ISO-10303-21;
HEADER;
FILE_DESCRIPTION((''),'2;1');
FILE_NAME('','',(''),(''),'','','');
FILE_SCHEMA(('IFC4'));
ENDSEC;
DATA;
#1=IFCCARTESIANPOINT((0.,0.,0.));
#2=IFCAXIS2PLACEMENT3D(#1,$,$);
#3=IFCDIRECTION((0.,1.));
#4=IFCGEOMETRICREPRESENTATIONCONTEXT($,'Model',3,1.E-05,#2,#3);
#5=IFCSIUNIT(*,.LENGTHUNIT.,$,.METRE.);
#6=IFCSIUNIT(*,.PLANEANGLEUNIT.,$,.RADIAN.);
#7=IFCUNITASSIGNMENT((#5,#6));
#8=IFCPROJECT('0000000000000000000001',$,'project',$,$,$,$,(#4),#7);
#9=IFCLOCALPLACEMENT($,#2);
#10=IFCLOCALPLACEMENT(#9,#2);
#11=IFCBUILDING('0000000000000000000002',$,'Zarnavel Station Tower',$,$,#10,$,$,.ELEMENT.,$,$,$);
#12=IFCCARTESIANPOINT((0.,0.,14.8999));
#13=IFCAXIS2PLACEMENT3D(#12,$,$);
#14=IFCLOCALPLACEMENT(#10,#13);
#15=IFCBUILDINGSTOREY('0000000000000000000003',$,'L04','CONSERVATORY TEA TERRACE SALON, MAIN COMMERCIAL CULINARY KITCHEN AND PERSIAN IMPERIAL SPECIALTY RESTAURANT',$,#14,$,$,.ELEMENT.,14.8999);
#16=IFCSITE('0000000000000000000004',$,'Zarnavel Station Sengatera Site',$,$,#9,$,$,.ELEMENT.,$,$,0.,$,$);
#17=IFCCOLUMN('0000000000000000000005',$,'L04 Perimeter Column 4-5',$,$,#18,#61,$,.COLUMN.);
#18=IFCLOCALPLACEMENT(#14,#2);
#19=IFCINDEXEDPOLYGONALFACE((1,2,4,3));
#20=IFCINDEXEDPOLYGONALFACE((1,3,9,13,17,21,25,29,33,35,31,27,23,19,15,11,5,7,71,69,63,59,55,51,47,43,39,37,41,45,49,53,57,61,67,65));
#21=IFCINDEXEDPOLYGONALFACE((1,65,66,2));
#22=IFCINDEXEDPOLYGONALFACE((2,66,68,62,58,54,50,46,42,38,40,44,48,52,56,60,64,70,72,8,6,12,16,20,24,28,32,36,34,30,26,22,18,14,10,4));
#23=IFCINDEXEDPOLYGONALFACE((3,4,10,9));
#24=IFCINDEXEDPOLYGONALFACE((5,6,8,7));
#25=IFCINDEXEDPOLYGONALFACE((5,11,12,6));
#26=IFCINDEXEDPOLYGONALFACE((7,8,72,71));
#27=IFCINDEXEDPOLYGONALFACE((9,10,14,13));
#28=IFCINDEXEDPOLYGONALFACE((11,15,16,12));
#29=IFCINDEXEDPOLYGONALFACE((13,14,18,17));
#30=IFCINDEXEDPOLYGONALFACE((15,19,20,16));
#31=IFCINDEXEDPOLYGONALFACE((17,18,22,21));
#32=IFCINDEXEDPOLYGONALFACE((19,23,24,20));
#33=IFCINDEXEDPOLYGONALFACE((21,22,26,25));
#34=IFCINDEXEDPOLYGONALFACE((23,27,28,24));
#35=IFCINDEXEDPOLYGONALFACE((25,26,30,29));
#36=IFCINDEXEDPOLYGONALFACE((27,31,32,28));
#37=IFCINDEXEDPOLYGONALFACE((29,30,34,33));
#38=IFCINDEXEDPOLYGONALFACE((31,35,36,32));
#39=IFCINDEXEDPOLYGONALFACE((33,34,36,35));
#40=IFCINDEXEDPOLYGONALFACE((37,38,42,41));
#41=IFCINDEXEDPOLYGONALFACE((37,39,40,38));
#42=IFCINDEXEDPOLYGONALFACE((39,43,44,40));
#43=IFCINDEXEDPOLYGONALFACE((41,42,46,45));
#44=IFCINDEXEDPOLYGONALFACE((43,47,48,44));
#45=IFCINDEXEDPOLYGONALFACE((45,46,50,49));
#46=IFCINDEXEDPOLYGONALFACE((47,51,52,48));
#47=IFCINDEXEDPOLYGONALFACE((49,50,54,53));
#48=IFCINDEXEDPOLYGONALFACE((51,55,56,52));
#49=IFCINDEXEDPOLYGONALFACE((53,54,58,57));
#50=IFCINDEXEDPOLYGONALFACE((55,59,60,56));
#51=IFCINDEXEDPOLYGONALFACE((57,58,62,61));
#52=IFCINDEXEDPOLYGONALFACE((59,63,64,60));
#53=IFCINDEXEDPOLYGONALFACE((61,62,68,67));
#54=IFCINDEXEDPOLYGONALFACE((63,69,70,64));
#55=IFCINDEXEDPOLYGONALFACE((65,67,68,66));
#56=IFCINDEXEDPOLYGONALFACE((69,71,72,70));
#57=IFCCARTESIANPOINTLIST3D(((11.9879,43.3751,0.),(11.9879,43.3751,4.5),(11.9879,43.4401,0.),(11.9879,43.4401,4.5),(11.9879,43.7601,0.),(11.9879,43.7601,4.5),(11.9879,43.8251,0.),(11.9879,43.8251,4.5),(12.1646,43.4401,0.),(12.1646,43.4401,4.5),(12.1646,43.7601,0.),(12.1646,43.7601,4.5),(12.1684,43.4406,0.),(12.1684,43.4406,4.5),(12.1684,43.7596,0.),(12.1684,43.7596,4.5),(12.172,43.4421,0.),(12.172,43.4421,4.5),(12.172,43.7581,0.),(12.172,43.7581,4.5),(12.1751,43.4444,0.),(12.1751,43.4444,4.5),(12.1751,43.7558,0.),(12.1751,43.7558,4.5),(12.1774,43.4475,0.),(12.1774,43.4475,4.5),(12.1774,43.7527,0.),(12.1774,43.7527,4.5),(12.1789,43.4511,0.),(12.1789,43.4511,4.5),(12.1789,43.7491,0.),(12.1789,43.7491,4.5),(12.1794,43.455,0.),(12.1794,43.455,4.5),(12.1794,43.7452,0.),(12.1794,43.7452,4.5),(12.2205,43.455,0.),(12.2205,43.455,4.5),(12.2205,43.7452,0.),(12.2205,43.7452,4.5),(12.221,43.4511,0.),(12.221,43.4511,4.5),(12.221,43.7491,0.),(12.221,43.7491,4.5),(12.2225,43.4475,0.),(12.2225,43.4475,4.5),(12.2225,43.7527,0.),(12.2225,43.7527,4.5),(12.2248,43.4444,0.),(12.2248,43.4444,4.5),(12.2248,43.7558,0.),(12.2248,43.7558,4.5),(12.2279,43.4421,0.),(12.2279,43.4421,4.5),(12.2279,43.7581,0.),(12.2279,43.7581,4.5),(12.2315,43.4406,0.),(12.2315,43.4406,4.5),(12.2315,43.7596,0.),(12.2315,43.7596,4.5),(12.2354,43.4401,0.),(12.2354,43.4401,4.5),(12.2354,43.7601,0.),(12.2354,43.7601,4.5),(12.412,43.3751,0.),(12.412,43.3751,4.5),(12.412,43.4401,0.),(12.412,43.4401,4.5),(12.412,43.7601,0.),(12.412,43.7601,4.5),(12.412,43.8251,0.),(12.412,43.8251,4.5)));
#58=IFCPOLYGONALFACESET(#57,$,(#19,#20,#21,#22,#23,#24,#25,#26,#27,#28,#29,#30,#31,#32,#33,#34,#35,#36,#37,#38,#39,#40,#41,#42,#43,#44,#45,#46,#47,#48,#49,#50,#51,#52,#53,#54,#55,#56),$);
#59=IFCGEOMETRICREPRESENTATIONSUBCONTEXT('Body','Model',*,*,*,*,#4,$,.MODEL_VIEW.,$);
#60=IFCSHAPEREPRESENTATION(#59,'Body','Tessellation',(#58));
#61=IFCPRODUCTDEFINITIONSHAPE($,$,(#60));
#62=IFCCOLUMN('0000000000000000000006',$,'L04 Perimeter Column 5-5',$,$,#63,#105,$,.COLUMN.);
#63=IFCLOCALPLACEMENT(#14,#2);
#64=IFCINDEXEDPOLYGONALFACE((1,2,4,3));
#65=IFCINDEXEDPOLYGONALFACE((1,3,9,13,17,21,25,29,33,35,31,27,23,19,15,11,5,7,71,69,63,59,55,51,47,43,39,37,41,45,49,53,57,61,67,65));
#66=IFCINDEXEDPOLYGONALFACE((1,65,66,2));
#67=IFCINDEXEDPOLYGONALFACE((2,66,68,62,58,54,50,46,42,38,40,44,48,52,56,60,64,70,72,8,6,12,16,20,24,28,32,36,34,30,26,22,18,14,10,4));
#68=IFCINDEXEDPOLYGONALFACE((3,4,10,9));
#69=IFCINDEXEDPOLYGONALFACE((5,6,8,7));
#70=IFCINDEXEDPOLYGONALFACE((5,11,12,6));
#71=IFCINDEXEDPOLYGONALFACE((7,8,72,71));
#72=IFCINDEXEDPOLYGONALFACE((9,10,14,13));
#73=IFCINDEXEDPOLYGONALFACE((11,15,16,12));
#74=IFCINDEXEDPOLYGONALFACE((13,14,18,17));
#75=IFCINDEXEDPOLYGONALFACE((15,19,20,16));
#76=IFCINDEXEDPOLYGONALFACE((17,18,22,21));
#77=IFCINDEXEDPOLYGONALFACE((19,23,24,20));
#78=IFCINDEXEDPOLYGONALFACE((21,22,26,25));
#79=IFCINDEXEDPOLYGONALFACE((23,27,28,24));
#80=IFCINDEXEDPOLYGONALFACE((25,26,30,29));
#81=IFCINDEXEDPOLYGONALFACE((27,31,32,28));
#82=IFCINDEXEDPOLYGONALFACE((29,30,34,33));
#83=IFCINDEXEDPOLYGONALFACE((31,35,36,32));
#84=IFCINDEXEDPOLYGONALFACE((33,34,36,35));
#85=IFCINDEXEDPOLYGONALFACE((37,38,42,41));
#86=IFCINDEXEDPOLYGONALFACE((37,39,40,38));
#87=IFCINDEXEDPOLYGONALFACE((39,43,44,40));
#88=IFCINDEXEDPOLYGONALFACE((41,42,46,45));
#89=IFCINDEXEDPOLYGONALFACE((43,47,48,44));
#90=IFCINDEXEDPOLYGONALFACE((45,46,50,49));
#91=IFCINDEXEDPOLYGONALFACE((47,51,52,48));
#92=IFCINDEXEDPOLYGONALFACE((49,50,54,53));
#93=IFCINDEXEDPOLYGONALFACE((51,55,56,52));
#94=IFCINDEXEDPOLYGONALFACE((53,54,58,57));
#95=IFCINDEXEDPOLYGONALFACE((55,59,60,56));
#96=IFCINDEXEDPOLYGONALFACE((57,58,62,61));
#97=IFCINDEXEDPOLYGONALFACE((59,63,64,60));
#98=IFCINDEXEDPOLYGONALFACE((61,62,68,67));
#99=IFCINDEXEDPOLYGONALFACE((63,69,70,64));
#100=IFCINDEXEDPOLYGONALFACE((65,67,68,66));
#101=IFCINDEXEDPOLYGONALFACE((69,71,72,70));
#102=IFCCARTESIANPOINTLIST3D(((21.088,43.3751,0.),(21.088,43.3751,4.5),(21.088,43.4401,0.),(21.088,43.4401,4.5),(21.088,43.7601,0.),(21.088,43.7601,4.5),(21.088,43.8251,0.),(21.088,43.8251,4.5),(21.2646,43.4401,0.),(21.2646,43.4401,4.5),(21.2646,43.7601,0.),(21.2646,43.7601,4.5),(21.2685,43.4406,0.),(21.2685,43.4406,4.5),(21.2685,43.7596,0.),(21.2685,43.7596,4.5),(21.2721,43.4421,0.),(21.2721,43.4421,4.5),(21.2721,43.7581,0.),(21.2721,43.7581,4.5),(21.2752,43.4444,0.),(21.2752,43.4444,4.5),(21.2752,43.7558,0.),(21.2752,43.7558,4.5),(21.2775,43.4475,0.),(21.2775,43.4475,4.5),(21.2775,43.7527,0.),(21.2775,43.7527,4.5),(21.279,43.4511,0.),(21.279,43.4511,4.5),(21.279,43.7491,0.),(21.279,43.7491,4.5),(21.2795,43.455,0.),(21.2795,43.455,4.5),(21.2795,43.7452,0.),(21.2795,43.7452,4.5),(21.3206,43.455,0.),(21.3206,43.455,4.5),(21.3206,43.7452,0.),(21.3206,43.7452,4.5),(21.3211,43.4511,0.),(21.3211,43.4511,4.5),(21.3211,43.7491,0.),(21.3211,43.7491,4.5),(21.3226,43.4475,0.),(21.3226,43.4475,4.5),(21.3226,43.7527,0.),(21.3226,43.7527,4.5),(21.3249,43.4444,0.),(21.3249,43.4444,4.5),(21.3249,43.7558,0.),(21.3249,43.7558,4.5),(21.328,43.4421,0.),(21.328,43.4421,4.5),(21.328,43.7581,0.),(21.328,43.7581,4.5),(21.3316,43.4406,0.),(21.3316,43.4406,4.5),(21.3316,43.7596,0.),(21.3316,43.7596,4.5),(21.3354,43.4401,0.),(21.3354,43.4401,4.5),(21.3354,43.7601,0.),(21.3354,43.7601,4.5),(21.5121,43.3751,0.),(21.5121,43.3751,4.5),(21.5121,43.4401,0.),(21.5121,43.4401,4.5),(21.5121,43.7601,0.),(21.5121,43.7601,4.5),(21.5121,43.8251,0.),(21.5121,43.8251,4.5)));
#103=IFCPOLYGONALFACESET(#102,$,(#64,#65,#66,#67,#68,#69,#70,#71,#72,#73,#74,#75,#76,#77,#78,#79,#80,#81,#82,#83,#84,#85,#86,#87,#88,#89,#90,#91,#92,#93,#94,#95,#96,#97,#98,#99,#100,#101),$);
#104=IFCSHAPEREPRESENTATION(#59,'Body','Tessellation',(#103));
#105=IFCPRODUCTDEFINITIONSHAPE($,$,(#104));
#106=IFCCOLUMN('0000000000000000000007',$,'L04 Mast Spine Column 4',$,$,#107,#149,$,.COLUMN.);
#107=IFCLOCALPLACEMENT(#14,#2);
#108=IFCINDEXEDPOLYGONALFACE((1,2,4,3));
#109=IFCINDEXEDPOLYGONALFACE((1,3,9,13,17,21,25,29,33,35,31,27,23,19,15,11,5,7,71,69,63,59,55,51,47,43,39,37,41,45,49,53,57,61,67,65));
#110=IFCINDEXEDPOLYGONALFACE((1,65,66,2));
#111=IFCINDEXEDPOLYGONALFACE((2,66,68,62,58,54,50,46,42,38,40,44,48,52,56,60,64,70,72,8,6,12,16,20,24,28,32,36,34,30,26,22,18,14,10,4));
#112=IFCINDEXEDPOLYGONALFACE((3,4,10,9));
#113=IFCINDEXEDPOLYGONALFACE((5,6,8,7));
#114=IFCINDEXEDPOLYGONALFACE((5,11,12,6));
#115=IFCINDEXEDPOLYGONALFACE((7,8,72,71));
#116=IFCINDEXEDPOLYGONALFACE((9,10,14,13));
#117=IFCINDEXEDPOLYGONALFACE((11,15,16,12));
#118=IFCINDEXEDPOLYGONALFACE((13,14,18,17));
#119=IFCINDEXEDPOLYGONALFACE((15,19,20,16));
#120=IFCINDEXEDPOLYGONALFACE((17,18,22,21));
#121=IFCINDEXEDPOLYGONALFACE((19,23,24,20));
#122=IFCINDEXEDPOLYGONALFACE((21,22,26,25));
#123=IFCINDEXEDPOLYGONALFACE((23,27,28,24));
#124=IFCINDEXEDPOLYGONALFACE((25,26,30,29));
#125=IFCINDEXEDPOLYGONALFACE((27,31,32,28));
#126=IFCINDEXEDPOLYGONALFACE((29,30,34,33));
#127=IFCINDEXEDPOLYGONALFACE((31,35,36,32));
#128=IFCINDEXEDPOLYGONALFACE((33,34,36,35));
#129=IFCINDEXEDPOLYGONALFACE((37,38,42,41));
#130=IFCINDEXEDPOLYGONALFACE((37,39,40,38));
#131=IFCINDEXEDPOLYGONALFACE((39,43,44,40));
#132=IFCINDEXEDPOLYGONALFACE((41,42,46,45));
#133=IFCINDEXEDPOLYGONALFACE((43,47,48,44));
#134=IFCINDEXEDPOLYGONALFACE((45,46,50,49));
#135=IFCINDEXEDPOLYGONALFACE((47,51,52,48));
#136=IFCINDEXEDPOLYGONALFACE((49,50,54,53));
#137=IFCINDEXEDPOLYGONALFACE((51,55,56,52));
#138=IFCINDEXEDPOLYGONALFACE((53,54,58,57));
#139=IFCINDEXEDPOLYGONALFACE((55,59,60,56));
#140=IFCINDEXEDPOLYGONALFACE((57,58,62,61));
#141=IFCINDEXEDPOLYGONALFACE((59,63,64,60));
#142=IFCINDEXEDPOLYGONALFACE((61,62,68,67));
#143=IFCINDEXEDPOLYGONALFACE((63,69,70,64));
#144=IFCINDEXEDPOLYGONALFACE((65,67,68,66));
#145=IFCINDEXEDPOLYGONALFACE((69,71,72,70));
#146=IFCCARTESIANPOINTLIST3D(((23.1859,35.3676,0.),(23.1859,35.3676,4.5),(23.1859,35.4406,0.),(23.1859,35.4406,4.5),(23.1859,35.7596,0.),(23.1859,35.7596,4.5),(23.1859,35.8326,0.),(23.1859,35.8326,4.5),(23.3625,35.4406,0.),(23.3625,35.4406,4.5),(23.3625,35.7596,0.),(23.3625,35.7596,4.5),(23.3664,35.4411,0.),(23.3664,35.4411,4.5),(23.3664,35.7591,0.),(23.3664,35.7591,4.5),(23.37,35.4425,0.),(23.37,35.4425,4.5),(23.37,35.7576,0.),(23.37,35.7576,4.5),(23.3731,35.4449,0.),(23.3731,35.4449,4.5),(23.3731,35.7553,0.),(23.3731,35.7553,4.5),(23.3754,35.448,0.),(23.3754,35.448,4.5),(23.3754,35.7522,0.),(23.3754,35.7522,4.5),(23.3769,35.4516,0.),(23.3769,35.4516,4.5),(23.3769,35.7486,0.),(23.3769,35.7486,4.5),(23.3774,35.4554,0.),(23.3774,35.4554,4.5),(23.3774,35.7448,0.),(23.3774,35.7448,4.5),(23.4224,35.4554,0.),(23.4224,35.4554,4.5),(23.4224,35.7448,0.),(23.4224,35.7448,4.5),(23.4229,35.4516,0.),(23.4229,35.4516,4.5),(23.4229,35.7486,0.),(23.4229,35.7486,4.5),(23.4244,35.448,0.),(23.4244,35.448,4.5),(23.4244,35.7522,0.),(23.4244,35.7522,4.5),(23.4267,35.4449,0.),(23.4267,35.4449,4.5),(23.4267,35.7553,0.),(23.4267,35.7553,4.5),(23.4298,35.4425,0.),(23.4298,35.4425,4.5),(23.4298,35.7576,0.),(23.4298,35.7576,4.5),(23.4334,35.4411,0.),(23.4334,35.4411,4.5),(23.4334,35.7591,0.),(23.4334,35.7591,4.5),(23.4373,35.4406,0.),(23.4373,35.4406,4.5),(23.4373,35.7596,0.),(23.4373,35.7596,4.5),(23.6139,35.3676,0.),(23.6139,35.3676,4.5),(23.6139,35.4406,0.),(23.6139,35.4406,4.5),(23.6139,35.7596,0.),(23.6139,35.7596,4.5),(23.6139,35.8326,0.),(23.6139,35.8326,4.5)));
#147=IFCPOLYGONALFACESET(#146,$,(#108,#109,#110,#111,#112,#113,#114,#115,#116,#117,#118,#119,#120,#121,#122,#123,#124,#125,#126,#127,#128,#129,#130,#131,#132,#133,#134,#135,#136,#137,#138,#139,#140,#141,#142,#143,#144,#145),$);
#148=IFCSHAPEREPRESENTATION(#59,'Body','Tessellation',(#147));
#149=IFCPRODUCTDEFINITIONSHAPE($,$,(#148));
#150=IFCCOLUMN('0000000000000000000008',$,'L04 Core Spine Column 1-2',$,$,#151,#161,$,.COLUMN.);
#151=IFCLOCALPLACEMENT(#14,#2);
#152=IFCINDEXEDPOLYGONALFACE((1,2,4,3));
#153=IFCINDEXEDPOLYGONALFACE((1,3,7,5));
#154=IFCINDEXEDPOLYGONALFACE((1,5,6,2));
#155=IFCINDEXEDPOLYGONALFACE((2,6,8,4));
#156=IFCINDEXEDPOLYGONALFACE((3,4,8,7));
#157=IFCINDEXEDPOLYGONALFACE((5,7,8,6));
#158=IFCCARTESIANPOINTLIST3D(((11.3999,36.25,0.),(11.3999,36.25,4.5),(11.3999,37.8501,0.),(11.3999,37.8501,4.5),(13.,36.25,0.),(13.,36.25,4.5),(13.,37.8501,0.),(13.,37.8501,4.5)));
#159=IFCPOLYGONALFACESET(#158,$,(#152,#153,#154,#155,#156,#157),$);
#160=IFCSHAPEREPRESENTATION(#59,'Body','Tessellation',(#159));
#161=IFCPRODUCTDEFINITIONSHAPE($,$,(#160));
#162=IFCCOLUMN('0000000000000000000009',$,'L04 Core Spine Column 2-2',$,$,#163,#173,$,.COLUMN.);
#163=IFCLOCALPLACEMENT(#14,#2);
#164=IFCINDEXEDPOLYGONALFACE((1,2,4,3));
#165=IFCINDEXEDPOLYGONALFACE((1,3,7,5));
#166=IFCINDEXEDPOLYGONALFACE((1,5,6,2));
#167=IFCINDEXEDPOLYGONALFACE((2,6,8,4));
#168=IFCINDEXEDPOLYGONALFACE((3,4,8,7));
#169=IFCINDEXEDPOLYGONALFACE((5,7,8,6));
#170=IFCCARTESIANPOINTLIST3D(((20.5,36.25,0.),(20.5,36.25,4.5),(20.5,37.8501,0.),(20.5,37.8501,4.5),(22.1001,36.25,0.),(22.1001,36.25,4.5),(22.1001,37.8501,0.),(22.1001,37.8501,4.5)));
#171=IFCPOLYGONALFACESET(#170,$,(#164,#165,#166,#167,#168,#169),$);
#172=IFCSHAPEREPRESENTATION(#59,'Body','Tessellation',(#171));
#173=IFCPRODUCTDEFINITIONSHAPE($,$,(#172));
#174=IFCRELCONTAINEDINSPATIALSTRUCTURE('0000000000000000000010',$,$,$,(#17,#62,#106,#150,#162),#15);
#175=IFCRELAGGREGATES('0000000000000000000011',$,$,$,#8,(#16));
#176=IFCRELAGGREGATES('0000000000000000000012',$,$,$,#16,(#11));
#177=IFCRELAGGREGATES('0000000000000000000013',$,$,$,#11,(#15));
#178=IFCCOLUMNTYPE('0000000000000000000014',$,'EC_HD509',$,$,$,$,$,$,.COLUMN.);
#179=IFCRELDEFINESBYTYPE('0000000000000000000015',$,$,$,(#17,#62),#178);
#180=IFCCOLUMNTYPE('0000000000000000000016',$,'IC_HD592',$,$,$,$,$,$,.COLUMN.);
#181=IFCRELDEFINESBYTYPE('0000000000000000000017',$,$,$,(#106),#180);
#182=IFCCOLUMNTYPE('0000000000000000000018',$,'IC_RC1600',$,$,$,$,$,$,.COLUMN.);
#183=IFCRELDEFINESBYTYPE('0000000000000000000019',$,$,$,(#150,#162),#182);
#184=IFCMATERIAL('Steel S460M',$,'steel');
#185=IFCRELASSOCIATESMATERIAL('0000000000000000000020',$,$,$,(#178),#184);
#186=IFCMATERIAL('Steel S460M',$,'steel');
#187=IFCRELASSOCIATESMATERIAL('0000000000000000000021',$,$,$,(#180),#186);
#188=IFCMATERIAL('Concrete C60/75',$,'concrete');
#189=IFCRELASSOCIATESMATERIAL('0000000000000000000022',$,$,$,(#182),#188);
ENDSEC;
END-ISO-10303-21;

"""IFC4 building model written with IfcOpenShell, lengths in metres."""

from ifc_helpers import new_model, si_unit, direction, frame, origin, origin_2d, place, context, subcontext, project, spatial, rectangle, i_section, extrude, material, material_profile, profile_set, type_object, element, save


model = new_model("IFC4")

# Units and contexts
model_context = context("Model", 3, precision=1e-05, world=origin(), true_north=direction((0.0, 1.0)))
body_context = subcontext(model_context, "Body", "Model", "MODEL_VIEW")
ifc_project = project(units=[si_unit("LENGTHUNIT", "METRE"), si_unit("PLANEANGLEUNIT", "RADIAN")], contexts=[model_context])

# Site, building, storey
site_placement = place(None, origin())
site = spatial("IfcSite", under=ifc_project, at=site_placement, Name="Zarnavel Station Sengatera Site", CompositionType="ELEMENT", RefElevation=0.0)
building_placement = place(site_placement, origin())
building = spatial("IfcBuilding", under=site, at=building_placement, Name="Zarnavel Station Tower", CompositionType="ELEMENT")
storey_placement = place(building_placement, frame((0.0, 0.0, 14.8999)))
storey = spatial("IfcBuildingStorey", under=building, at=storey_placement, Name="L04", Description="CONSERVATORY TEA TERRACE SALON, MAIN COMMERCIAL CULINARY KITCHEN AND PERSIAN IMPERIAL SPECIALTY RESTAURANT", CompositionType="ELEMENT", Elevation=14.8999)

# Columns
ifc_material_1 = material(Name="Steel S460M", Category="steel")
ifc_material_profile_1 = material_profile(ifc_material_1, i_section(OverallWidth=0.4241, OverallDepth=0.45, WebThickness=0.041, FlangeThickness=0.0649, FilletRadius=0.0149, at=origin_2d()), Name="HD400x509")
ifc_profile_set_1 = profile_set([ifc_material_profile_1], Name="Steel S460M")
column_type_1 = type_object("IfcColumnType", Name="EC_HD509", PredefinedType="COLUMN", material=ifc_profile_set_1)
for number, where, z_axis, x_axis, name in (
    (1, (12.2, 43.6001, 0.0), (0.0, 0.0, 1.0), (1.0, 0.0, 0.0), "L04 Perimeter Column 4-5"),
    (2, (21.3, 43.6001, 0.0), (0.0, 0.0, 1.0), (1.0, 0.0, 0.0), "L04 Perimeter Column 5-5"),
):
    element("IfcColumn", number, at=place(storey_placement, frame(where, z_axis=z_axis, x_axis=x_axis)), inside=storey, type_object=column_type_1, Name=name, PredefinedType="COLUMN", context=body_context, shape_type="SweptSolid", body=[
        extrude(i_section(OverallWidth=0.4241, OverallDepth=0.45, WebThickness=0.041, FlangeThickness=0.0649, FilletRadius=0.0149, at=origin_2d()), origin(), (0.0, 0.0, 1.0), 4.5),
    ])
ifc_material_2 = material(Name="Steel S460M", Category="steel")
ifc_material_profile_2 = material_profile(ifc_material_2, i_section(OverallWidth=0.428, OverallDepth=0.4651, WebThickness=0.0449, FlangeThickness=0.073, FilletRadius=0.0149, at=origin_2d()), Name="HD400x592")
ifc_profile_set_2 = profile_set([ifc_material_profile_2], Name="Steel S460M")
column_type_2 = type_object("IfcColumnType", Name="IC_HD592", PredefinedType="COLUMN", material=ifc_profile_set_2)
column_placement = place(storey_placement, frame((23.3999, 35.6001, 0.0), z_axis=(0.0, 0.0, 1.0), x_axis=(1.0, 0.0, 0.0)))
element("IfcColumn", 3, at=column_placement, inside=storey, type_object=column_type_2, Name="L04 Mast Spine Column 4", PredefinedType="COLUMN", context=body_context, shape_type="SweptSolid", body=[
    extrude(i_section(OverallWidth=0.428, OverallDepth=0.4651, WebThickness=0.0449, FlangeThickness=0.073, FilletRadius=0.0149, at=origin_2d()), origin(), (0.0, 0.0, 1.0), 4.5),
])
ifc_material_3 = material(Name="Concrete C60/75", Category="concrete")
ifc_material_profile_3 = material_profile(ifc_material_3, rectangle(XDim=1.6001, YDim=1.6001, at=origin_2d()), Name="RC1600x1600")
ifc_profile_set_3 = profile_set([ifc_material_profile_3], Name="Concrete C60/75")
column_type_3 = type_object("IfcColumnType", Name="IC_RC1600", PredefinedType="COLUMN", material=ifc_profile_set_3)
for number, where, z_axis, x_axis, name in (
    (4, (12.2, 37.05, 0.0), (0.0, 0.0, 1.0), (1.0, 0.0, 0.0), "L04 Core Spine Column 1-2"),
    (5, (21.3, 37.05, 0.0), (0.0, 0.0, 1.0), (1.0, 0.0, 0.0), "L04 Core Spine Column 2-2"),
):
    element("IfcColumn", number, at=place(storey_placement, frame(where, z_axis=z_axis, x_axis=x_axis)), inside=storey, type_object=column_type_3, Name=name, PredefinedType="COLUMN", context=body_context, shape_type="SweptSolid", body=[
        extrude(rectangle(XDim=1.6001, YDim=1.6001, at=origin_2d()), origin(), (0.0, 0.0, 1.0), 4.5),
    ])

save(model, "model.ifc")
